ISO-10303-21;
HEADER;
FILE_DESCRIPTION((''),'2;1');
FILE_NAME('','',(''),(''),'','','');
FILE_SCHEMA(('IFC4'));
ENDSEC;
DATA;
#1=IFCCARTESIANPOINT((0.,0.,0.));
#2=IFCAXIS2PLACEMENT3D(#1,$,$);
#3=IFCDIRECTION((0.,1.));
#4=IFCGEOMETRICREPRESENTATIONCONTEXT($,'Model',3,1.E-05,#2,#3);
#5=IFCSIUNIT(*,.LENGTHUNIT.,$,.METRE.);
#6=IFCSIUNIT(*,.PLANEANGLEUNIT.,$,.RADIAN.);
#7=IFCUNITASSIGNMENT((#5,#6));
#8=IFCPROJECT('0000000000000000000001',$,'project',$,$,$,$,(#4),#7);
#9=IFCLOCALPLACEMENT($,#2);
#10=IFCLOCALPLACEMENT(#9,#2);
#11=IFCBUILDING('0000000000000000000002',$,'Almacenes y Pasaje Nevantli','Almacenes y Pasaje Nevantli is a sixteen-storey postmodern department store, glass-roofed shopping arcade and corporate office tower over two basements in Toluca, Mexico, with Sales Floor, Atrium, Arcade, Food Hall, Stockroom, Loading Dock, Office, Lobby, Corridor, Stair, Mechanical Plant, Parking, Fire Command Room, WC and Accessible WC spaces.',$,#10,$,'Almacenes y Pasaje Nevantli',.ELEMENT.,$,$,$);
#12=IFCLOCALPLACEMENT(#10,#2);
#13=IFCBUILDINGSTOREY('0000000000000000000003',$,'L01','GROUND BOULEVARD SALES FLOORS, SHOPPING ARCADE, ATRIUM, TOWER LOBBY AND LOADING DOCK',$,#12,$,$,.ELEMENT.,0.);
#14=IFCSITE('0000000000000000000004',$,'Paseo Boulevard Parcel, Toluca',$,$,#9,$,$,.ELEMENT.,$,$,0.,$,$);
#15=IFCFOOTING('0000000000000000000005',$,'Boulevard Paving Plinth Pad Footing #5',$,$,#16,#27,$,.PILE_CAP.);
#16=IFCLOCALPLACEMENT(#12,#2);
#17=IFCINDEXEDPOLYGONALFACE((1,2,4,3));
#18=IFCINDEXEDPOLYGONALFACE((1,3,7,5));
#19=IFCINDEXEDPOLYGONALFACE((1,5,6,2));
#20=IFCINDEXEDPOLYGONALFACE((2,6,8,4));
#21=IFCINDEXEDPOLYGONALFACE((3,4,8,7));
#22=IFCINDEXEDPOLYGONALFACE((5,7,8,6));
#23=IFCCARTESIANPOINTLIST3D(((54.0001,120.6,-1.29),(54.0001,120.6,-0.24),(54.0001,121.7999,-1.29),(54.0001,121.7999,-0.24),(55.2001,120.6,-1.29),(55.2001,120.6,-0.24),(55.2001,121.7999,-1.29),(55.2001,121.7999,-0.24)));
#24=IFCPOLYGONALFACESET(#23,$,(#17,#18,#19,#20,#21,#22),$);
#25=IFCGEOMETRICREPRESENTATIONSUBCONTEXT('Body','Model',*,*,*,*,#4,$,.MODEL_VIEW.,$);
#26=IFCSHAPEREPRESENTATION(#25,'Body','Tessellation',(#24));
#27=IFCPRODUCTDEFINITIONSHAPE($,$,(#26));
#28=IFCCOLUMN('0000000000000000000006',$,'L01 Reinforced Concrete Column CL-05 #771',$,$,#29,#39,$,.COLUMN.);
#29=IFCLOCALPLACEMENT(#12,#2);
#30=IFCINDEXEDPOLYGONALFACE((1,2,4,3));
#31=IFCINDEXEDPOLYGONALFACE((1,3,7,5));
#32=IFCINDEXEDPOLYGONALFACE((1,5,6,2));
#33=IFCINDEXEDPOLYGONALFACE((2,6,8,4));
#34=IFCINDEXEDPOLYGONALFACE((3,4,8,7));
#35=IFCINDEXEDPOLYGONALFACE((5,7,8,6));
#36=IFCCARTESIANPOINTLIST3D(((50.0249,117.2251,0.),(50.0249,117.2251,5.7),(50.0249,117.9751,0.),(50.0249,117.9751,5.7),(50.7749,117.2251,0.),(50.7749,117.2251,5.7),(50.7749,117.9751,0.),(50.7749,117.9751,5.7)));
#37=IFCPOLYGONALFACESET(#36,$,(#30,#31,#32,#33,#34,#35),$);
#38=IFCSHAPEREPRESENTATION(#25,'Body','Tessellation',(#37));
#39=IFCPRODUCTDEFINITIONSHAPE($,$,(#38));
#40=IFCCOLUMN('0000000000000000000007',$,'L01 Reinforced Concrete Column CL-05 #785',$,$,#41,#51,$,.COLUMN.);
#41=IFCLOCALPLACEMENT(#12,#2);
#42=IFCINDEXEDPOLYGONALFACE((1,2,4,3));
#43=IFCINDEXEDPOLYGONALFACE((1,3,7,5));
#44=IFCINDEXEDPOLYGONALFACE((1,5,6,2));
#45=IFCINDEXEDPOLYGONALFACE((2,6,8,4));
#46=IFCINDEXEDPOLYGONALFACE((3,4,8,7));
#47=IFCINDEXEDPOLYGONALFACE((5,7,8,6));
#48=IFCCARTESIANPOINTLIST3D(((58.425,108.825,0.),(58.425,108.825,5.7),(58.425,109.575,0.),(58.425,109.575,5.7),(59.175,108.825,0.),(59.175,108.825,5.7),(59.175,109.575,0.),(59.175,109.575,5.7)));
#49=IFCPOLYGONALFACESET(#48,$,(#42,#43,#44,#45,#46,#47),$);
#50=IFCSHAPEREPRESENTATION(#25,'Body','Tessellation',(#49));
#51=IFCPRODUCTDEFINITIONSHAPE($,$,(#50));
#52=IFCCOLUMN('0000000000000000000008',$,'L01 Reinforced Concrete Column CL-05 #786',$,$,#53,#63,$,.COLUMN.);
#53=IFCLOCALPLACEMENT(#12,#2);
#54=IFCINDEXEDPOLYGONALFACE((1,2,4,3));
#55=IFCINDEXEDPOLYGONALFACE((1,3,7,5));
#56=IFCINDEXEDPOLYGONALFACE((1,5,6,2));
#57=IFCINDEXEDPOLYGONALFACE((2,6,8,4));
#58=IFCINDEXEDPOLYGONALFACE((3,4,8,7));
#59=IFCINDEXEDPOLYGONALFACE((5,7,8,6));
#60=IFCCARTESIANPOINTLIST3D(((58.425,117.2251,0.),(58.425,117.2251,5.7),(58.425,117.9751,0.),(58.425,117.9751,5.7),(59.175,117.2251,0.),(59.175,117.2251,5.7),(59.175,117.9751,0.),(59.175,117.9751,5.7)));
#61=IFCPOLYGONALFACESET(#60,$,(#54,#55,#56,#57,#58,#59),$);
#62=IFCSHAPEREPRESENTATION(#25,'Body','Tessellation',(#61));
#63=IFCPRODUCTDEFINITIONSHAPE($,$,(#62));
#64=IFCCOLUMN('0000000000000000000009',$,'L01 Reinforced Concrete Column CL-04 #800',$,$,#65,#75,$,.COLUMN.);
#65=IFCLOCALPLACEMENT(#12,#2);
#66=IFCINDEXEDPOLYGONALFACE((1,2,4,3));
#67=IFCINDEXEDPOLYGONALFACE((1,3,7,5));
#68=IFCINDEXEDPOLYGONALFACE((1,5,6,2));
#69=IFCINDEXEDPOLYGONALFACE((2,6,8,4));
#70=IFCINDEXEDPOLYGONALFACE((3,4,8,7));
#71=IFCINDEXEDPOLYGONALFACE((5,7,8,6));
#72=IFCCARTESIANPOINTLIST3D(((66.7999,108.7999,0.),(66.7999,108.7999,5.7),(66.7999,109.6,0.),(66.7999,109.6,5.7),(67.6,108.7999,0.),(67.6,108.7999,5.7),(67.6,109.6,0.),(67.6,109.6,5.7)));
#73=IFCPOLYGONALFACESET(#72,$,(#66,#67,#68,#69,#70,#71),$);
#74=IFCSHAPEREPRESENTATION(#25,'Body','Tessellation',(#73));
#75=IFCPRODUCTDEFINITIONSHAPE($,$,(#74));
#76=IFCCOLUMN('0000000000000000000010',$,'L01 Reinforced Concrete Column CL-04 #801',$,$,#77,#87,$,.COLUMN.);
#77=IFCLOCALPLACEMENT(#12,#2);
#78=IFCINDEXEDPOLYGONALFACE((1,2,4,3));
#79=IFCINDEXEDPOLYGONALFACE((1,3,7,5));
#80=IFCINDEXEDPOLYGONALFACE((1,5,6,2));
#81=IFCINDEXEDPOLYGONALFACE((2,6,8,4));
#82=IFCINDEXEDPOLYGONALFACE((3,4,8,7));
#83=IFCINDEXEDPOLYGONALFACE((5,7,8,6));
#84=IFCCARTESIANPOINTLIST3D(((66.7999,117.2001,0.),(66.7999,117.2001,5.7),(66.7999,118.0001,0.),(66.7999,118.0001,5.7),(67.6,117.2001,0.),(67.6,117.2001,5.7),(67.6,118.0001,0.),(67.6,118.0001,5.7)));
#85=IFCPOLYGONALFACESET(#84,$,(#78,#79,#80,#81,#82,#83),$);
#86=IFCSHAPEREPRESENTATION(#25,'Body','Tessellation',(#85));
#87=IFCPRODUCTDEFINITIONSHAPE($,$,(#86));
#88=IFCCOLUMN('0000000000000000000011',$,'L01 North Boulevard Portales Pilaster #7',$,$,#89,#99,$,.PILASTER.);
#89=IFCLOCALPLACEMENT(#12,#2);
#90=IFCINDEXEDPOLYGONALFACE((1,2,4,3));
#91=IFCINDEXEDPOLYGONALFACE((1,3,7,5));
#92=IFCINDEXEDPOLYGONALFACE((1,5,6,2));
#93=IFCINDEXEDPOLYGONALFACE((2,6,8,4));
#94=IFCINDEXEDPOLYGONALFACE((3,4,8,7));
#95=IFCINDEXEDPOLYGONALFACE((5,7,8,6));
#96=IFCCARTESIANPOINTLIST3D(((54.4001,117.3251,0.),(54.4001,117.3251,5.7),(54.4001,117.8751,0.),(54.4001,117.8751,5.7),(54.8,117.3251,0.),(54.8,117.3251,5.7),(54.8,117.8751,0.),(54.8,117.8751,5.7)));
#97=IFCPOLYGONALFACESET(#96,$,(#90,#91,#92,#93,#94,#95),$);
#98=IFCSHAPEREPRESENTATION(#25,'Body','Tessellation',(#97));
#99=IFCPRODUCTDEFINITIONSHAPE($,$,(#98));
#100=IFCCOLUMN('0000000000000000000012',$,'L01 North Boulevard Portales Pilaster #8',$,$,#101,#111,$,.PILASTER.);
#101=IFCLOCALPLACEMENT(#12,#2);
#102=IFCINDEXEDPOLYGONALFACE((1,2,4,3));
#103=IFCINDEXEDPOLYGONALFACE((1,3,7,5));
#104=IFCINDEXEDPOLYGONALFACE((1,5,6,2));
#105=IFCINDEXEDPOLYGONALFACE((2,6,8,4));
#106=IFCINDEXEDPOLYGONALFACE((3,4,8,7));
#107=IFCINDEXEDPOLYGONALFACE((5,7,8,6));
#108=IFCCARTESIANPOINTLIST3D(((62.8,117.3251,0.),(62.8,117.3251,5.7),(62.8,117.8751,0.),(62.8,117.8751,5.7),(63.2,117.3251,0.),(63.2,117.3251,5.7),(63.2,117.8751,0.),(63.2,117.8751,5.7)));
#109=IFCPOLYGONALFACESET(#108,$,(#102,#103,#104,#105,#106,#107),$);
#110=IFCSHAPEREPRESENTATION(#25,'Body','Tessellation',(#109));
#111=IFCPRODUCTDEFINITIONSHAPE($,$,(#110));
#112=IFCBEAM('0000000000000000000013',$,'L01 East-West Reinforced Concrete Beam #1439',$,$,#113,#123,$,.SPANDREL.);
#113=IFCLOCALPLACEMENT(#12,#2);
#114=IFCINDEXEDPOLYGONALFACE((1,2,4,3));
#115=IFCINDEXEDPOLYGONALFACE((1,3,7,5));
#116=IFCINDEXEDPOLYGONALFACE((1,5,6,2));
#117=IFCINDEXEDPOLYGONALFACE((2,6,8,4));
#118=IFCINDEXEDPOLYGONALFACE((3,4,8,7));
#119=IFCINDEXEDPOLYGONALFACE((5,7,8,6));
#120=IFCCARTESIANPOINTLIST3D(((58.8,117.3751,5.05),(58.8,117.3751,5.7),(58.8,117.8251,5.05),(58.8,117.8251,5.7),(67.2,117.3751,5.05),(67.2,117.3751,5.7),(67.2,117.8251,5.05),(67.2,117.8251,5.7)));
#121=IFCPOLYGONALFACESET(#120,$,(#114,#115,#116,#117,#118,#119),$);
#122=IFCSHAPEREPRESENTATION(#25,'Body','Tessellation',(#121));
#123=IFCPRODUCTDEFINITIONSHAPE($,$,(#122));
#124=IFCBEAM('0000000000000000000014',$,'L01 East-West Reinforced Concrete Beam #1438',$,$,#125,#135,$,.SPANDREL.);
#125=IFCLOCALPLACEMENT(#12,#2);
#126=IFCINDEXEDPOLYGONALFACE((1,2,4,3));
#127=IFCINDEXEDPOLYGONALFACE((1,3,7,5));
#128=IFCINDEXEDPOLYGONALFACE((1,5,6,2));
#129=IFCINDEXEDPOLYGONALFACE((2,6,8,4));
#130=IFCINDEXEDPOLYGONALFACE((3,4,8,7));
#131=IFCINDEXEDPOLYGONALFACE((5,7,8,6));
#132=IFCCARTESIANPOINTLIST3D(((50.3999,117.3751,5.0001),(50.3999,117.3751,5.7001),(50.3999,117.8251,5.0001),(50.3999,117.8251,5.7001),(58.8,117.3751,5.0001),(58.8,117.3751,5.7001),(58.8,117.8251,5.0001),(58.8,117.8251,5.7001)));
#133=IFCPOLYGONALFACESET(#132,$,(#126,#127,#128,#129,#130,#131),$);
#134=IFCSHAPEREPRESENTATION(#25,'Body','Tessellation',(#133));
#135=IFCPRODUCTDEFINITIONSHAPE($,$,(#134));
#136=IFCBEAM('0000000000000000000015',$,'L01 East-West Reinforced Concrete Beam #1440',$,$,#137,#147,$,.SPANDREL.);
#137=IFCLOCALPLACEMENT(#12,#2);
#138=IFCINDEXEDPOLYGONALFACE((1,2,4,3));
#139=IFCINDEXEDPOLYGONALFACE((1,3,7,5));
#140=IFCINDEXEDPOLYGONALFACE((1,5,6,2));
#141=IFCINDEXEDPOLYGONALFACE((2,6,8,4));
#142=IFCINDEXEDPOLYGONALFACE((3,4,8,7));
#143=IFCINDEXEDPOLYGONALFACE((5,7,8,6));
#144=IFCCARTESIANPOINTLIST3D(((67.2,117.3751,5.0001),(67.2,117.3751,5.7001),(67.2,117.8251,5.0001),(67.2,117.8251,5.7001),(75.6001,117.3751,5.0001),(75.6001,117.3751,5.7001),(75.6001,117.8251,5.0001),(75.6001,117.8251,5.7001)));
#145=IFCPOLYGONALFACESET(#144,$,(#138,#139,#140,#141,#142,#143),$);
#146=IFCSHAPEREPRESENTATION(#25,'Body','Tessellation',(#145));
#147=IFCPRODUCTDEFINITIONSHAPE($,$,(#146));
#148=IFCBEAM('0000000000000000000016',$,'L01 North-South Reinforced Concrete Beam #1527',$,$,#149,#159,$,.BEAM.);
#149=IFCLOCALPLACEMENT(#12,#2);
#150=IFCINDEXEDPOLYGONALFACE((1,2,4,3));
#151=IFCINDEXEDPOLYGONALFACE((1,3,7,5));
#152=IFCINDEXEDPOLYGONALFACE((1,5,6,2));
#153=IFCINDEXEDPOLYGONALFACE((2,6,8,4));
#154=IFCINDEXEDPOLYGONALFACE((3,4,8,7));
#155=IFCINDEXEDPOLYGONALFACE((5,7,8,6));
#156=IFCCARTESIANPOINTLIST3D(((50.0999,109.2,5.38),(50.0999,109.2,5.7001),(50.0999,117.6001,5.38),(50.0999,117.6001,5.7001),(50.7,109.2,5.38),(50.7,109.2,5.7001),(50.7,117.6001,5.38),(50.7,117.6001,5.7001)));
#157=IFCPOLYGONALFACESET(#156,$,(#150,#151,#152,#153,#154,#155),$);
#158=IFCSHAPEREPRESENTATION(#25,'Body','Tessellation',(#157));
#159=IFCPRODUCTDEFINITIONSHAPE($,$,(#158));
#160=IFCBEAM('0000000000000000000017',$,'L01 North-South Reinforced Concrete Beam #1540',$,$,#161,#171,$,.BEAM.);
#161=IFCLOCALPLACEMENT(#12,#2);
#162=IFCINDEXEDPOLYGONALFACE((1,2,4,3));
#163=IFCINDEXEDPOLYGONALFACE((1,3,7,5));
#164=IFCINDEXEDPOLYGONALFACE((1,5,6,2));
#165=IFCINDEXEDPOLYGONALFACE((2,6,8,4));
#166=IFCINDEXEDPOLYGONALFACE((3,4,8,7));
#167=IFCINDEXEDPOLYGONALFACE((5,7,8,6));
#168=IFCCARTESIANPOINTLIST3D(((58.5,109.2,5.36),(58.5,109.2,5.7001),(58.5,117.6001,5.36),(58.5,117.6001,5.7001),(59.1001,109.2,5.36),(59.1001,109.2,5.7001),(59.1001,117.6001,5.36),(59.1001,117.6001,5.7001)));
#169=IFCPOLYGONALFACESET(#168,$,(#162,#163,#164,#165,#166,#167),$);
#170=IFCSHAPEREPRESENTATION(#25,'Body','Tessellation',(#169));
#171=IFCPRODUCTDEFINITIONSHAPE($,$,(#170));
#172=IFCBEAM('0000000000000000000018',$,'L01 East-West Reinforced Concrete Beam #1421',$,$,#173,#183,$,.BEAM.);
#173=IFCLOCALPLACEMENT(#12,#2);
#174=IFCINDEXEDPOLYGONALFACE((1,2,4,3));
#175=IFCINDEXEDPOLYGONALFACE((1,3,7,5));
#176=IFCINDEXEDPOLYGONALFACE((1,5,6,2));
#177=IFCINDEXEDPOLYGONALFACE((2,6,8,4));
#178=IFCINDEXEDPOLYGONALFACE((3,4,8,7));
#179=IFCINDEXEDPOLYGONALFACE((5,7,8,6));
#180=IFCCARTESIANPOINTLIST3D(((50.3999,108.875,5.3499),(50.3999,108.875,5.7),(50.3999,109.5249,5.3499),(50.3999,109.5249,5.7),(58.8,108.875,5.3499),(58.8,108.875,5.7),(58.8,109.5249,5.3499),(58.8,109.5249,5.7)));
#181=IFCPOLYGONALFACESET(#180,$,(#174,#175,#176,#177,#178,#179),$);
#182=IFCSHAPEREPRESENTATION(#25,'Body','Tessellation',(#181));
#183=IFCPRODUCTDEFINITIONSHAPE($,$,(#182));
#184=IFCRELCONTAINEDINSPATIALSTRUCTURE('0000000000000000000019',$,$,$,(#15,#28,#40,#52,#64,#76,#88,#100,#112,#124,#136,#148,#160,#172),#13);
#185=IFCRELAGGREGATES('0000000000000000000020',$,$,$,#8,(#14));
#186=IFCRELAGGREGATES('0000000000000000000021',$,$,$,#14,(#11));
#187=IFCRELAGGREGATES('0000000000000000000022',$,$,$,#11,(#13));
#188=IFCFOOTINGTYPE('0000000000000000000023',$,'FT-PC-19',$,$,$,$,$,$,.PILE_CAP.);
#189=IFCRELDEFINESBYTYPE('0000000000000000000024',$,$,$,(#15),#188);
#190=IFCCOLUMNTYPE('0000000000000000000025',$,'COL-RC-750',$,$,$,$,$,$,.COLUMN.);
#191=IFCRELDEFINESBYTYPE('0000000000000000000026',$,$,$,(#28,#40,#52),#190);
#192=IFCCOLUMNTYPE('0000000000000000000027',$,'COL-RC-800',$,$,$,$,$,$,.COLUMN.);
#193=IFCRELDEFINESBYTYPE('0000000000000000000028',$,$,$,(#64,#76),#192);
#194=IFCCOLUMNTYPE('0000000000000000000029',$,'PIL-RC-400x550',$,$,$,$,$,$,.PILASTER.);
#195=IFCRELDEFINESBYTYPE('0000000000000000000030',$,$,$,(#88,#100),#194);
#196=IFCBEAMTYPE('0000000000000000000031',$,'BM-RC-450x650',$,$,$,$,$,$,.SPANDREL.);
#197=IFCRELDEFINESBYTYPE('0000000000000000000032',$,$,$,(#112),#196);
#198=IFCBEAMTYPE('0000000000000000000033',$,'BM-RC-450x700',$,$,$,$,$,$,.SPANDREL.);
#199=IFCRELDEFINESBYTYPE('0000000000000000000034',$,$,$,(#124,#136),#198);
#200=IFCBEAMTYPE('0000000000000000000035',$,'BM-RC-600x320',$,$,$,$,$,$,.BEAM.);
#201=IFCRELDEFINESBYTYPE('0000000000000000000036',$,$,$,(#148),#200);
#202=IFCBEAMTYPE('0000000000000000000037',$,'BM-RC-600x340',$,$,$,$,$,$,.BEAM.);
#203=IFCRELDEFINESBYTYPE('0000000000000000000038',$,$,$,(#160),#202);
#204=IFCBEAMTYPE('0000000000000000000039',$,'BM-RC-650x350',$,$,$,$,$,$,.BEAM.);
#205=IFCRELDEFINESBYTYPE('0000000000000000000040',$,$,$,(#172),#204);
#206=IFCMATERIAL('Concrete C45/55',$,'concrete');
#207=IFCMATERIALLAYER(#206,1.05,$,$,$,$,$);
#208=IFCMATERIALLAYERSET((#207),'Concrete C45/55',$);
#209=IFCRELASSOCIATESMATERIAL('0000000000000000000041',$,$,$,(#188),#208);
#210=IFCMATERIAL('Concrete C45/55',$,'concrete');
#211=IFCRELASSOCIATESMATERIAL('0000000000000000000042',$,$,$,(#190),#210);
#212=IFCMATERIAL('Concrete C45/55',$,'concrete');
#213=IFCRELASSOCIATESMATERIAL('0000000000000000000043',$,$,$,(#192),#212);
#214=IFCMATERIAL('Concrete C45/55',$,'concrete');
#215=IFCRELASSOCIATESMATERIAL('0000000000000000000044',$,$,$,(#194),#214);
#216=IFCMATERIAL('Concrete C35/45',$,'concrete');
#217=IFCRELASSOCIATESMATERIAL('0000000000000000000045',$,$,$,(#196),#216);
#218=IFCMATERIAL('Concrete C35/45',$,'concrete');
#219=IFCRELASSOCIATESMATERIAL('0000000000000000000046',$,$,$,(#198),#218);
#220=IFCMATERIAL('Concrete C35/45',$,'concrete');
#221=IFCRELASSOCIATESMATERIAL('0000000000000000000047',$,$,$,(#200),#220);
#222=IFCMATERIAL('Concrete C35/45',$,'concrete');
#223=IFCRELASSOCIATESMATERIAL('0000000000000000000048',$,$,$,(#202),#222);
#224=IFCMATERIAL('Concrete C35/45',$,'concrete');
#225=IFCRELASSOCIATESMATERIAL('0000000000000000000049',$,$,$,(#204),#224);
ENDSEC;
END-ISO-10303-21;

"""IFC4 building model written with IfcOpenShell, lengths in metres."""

from ifc_helpers import new_model, si_unit, direction, frame, origin, origin_2d, place, context, subcontext, project, spatial, rectangle, extrude, material, layer, layer_set, material_profile, profile_set, type_object, element, save


model = new_model("IFC4")

# Units and contexts
model_context = context("Model", 3, precision=1e-05, world=origin(), true_north=direction((0.0, 1.0)))
body_context = subcontext(model_context, "Body", "Model", "MODEL_VIEW")
ifc_project = project(units=[si_unit("LENGTHUNIT", "METRE"), si_unit("PLANEANGLEUNIT", "RADIAN")], contexts=[model_context])

# Site, building, storey
site_placement = place(None, origin())
site = spatial("IfcSite", under=ifc_project, at=site_placement, Name="Paseo Boulevard Parcel, Toluca", CompositionType="ELEMENT", RefElevation=0.0)
building_placement = place(site_placement, origin())
building = spatial("IfcBuilding", under=site, at=building_placement, Name="Almacenes y Pasaje Nevantli", Description="Almacenes y Pasaje Nevantli is a sixteen-storey postmodern department store, glass-roofed shopping arcade and corporate office tower over two basements in Toluca, Mexico, with Sales Floor, Atrium, Arcade, Food Hall, Stockroom, Loading Dock, Office, Lobby, Corridor, Stair, Mechanical Plant, Parking, Fire Command Room, WC and Accessible WC spaces.", LongName="Almacenes y Pasaje Nevantli", CompositionType="ELEMENT")
storey_placement = place(building_placement, origin())
storey = spatial("IfcBuildingStorey", under=building, at=storey_placement, Name="L01", Description="GROUND BOULEVARD SALES FLOORS, SHOPPING ARCADE, ATRIUM, TOWER LOBBY AND LOADING DOCK", CompositionType="ELEMENT", Elevation=0.0)

# Footing
ifc_material_1 = material(Name="Concrete C45/55", Category="concrete")
ifc_layer_1 = layer(ifc_material_1, 1.05)
ifc_layer_set_1 = layer_set([ifc_layer_1], Name="Concrete C45/55")
footing_type = type_object("IfcFootingType", Name="FT-PC-19", PredefinedType="PILE_CAP", material=ifc_layer_set_1)
footing_placement = place(storey_placement, frame((54.6001, 121.2, -1.29), z_axis=(0.0, 0.0, 1.0), x_axis=(1.0, 0.0, 0.0)))
element("IfcFooting", 1, at=footing_placement, inside=storey, type_object=footing_type, Name="Boulevard Paving Plinth Pad Footing #5", PredefinedType="PILE_CAP", context=body_context, shape_type="SweptSolid", body=[
    extrude(rectangle(XDim=1.2, YDim=1.2, at=origin_2d()), origin(), (0.0, 0.0, 1.0), 1.05),
])

# Columns
ifc_material_2 = material(Name="Concrete C45/55", Category="concrete")
ifc_material_profile_1 = material_profile(ifc_material_2, rectangle(XDim=0.75, YDim=0.75, at=origin_2d()), Name="RC-COL-750x750")
ifc_profile_set_1 = profile_set([ifc_material_profile_1], Name="Concrete C45/55")
column_type_1 = type_object("IfcColumnType", Name="COL-RC-750", PredefinedType="COLUMN", material=ifc_profile_set_1)
for number, where, z_axis, x_axis, name in (
    (2, (50.3999, 117.6001, 0.0), (0.0, 0.0, 1.0), (1.0, 0.0, 0.0), "L01 Reinforced Concrete Column CL-05 #771"),
    (3, (58.8, 109.2, 0.0), (0.0, 0.0, 1.0), (1.0, 0.0, 0.0), "L01 Reinforced Concrete Column CL-05 #785"),
    (4, (58.8, 117.6001, 0.0), (0.0, 0.0, 1.0), (1.0, 0.0, 0.0), "L01 Reinforced Concrete Column CL-05 #786"),
):
    element("IfcColumn", number, at=place(storey_placement, frame(where, z_axis=z_axis, x_axis=x_axis)), inside=storey, type_object=column_type_1, Name=name, PredefinedType="COLUMN", context=body_context, shape_type="SweptSolid", body=[
        extrude(rectangle(XDim=0.75, YDim=0.75, at=origin_2d()), origin(), (0.0, 0.0, 1.0), 5.7),
    ])
ifc_material_3 = material(Name="Concrete C45/55", Category="concrete")
ifc_material_profile_2 = material_profile(ifc_material_3, rectangle(XDim=0.8, YDim=0.8, at=origin_2d()), Name="RC-COL-800x800")
ifc_profile_set_2 = profile_set([ifc_material_profile_2], Name="Concrete C45/55")
column_type_2 = type_object("IfcColumnType", Name="COL-RC-800", PredefinedType="COLUMN", material=ifc_profile_set_2)
for number, where, z_axis, x_axis, name in (
    (5, (67.2, 109.2, 0.0), (0.0, 0.0, 1.0), (1.0, 0.0, 0.0), "L01 Reinforced Concrete Column CL-04 #800"),
    (6, (67.2, 117.6001, 0.0), (0.0, 0.0, 1.0), (1.0, 0.0, 0.0), "L01 Reinforced Concrete Column CL-04 #801"),
):
    element("IfcColumn", number, at=place(storey_placement, frame(where, z_axis=z_axis, x_axis=x_axis)), inside=storey, type_object=column_type_2, Name=name, PredefinedType="COLUMN", context=body_context, shape_type="SweptSolid", body=[
        extrude(rectangle(XDim=0.8, YDim=0.8, at=origin_2d()), origin(), (0.0, 0.0, 1.0), 5.7),
    ])
ifc_material_4 = material(Name="Concrete C45/55", Category="concrete")
ifc_material_profile_3 = material_profile(ifc_material_4, rectangle(XDim=0.3999, YDim=0.55, at=origin_2d()), Name="RC-PIL-400x550")
ifc_profile_set_3 = profile_set([ifc_material_profile_3], Name="Concrete C45/55")
column_type_3 = type_object("IfcColumnType", Name="PIL-RC-400x550", PredefinedType="PILASTER", material=ifc_profile_set_3)
for number, where, z_axis, x_axis, name in (
    (7, (54.6001, 117.6001, 0.0), (0.0, 0.0, 1.0), (1.0, 0.0, 0.0), "L01 North Boulevard Portales Pilaster #7"),
    (8, (63.0, 117.6001, 0.0), (0.0, 0.0, 1.0), (1.0, 0.0, 0.0), "L01 North Boulevard Portales Pilaster #8"),
):
    element("IfcColumn", number, at=place(storey_placement, frame(where, z_axis=z_axis, x_axis=x_axis)), inside=storey, type_object=column_type_3, Name=name, PredefinedType="PILASTER", context=body_context, shape_type="SweptSolid", body=[
        extrude(rectangle(XDim=0.3999, YDim=0.55, at=origin_2d()), origin(), (0.0, 0.0, 1.0), 5.7),
    ])

# Beams
ifc_material_5 = material(Name="Concrete C35/45", Category="concrete")
ifc_material_profile_4 = material_profile(ifc_material_5, rectangle(XDim=0.45, YDim=0.6499, at=origin_2d()), Name="RC-BM-450x650")
ifc_profile_set_4 = profile_set([ifc_material_profile_4], Name="Concrete C35/45")
beam_type_1 = type_object("IfcBeamType", Name="BM-RC-450x650", PredefinedType="SPANDREL", material=ifc_profile_set_4)
beam_1_placement = place(storey_placement, frame((58.8, 117.6001, 5.375), z_axis=(1.0, 0.0, 0.0), x_axis=(0.0, 1.0, 0.0)))
element("IfcBeam", 9, at=beam_1_placement, inside=storey, type_object=beam_type_1, Name="L01 East-West Reinforced Concrete Beam #1439", PredefinedType="SPANDREL", context=body_context, shape_type="SweptSolid", body=[
    extrude(rectangle(XDim=0.45, YDim=0.6499, at=origin_2d()), origin(), (0.0, 0.0, 1.0), 8.3999),
])
ifc_material_6 = material(Name="Concrete C35/45", Category="concrete")
ifc_material_profile_5 = material_profile(ifc_material_6, rectangle(XDim=0.45, YDim=0.7, at=origin_2d()), Name="RC-BM-450x700")
ifc_profile_set_5 = profile_set([ifc_material_profile_5], Name="Concrete C35/45")
beam_type_2 = type_object("IfcBeamType", Name="BM-RC-450x700", PredefinedType="SPANDREL", material=ifc_profile_set_5)
for number, where, z_axis, x_axis, name in (
    (10, (50.3999, 117.6001, 5.3501), (1.0, 0.0, 0.0), (0.0, 1.0, 0.0), "L01 East-West Reinforced Concrete Beam #1438"),
    (11, (67.2, 117.6001, 5.3501), (1.0, 0.0, 0.0), (0.0, 1.0, 0.0), "L01 East-West Reinforced Concrete Beam #1440"),
):
    element("IfcBeam", number, at=place(storey_placement, frame(where, z_axis=z_axis, x_axis=x_axis)), inside=storey, type_object=beam_type_2, Name=name, PredefinedType="SPANDREL", context=body_context, shape_type="SweptSolid", body=[
        extrude(rectangle(XDim=0.45, YDim=0.7, at=origin_2d()), origin(), (0.0, 0.0, 1.0), 8.4001),
    ])
ifc_material_7 = material(Name="Concrete C35/45", Category="concrete")
ifc_material_profile_6 = material_profile(ifc_material_7, rectangle(XDim=0.6001, YDim=0.3201, at=origin_2d()), Name="RC-BM-600x320")
ifc_profile_set_6 = profile_set([ifc_material_profile_6], Name="Concrete C35/45")
beam_type_3 = type_object("IfcBeamType", Name="BM-RC-600x320", PredefinedType="BEAM", material=ifc_profile_set_6)
beam_2_placement = place(storey_placement, frame((50.3999, 109.2, 5.54), z_axis=(0.0, 1.0, 0.0), x_axis=(-1.0, 0.0, 0.0)))
element("IfcBeam", 12, at=beam_2_placement, inside=storey, type_object=beam_type_3, Name="L01 North-South Reinforced Concrete Beam #1527", PredefinedType="BEAM", context=body_context, shape_type="SweptSolid", body=[
    extrude(rectangle(XDim=0.6001, YDim=0.3201, at=origin_2d()), origin(), (0.0, 0.0, 1.0), 8.4001),
])
ifc_material_8 = material(Name="Concrete C35/45", Category="concrete")
ifc_material_profile_7 = material_profile(ifc_material_8, rectangle(XDim=0.6001, YDim=0.3401, at=origin_2d()), Name="RC-BM-600x340")
ifc_profile_set_7 = profile_set([ifc_material_profile_7], Name="Concrete C35/45")
beam_type_4 = type_object("IfcBeamType", Name="BM-RC-600x340", PredefinedType="BEAM", material=ifc_profile_set_7)
beam_3_placement = place(storey_placement, frame((58.8, 109.2, 5.53), z_axis=(0.0, 1.0, 0.0), x_axis=(-1.0, 0.0, 0.0)))
element("IfcBeam", 13, at=beam_3_placement, inside=storey, type_object=beam_type_4, Name="L01 North-South Reinforced Concrete Beam #1540", PredefinedType="BEAM", context=body_context, shape_type="SweptSolid", body=[
    extrude(rectangle(XDim=0.6001, YDim=0.3401, at=origin_2d()), origin(), (0.0, 0.0, 1.0), 8.4001),
])
ifc_material_9 = material(Name="Concrete C35/45", Category="concrete")
ifc_material_profile_8 = material_profile(ifc_material_9, rectangle(XDim=0.6499, YDim=0.3501, at=origin_2d()), Name="RC-BM-650x350")
ifc_profile_set_8 = profile_set([ifc_material_profile_8], Name="Concrete C35/45")
beam_type_5 = type_object("IfcBeamType", Name="BM-RC-650x350", PredefinedType="BEAM", material=ifc_profile_set_8)
beam_4_placement = place(storey_placement, frame((50.3999, 109.2, 5.5249), z_axis=(1.0, 0.0, 0.0), x_axis=(0.0, 1.0, 0.0)))
element("IfcBeam", 14, at=beam_4_placement, inside=storey, type_object=beam_type_5, Name="L01 East-West Reinforced Concrete Beam #1421", PredefinedType="BEAM", context=body_context, shape_type="SweptSolid", body=[
    extrude(rectangle(XDim=0.6499, YDim=0.3501, at=origin_2d()), origin(), (0.0, 0.0, 1.0), 8.4001),
])

save(model, "model.ifc")
